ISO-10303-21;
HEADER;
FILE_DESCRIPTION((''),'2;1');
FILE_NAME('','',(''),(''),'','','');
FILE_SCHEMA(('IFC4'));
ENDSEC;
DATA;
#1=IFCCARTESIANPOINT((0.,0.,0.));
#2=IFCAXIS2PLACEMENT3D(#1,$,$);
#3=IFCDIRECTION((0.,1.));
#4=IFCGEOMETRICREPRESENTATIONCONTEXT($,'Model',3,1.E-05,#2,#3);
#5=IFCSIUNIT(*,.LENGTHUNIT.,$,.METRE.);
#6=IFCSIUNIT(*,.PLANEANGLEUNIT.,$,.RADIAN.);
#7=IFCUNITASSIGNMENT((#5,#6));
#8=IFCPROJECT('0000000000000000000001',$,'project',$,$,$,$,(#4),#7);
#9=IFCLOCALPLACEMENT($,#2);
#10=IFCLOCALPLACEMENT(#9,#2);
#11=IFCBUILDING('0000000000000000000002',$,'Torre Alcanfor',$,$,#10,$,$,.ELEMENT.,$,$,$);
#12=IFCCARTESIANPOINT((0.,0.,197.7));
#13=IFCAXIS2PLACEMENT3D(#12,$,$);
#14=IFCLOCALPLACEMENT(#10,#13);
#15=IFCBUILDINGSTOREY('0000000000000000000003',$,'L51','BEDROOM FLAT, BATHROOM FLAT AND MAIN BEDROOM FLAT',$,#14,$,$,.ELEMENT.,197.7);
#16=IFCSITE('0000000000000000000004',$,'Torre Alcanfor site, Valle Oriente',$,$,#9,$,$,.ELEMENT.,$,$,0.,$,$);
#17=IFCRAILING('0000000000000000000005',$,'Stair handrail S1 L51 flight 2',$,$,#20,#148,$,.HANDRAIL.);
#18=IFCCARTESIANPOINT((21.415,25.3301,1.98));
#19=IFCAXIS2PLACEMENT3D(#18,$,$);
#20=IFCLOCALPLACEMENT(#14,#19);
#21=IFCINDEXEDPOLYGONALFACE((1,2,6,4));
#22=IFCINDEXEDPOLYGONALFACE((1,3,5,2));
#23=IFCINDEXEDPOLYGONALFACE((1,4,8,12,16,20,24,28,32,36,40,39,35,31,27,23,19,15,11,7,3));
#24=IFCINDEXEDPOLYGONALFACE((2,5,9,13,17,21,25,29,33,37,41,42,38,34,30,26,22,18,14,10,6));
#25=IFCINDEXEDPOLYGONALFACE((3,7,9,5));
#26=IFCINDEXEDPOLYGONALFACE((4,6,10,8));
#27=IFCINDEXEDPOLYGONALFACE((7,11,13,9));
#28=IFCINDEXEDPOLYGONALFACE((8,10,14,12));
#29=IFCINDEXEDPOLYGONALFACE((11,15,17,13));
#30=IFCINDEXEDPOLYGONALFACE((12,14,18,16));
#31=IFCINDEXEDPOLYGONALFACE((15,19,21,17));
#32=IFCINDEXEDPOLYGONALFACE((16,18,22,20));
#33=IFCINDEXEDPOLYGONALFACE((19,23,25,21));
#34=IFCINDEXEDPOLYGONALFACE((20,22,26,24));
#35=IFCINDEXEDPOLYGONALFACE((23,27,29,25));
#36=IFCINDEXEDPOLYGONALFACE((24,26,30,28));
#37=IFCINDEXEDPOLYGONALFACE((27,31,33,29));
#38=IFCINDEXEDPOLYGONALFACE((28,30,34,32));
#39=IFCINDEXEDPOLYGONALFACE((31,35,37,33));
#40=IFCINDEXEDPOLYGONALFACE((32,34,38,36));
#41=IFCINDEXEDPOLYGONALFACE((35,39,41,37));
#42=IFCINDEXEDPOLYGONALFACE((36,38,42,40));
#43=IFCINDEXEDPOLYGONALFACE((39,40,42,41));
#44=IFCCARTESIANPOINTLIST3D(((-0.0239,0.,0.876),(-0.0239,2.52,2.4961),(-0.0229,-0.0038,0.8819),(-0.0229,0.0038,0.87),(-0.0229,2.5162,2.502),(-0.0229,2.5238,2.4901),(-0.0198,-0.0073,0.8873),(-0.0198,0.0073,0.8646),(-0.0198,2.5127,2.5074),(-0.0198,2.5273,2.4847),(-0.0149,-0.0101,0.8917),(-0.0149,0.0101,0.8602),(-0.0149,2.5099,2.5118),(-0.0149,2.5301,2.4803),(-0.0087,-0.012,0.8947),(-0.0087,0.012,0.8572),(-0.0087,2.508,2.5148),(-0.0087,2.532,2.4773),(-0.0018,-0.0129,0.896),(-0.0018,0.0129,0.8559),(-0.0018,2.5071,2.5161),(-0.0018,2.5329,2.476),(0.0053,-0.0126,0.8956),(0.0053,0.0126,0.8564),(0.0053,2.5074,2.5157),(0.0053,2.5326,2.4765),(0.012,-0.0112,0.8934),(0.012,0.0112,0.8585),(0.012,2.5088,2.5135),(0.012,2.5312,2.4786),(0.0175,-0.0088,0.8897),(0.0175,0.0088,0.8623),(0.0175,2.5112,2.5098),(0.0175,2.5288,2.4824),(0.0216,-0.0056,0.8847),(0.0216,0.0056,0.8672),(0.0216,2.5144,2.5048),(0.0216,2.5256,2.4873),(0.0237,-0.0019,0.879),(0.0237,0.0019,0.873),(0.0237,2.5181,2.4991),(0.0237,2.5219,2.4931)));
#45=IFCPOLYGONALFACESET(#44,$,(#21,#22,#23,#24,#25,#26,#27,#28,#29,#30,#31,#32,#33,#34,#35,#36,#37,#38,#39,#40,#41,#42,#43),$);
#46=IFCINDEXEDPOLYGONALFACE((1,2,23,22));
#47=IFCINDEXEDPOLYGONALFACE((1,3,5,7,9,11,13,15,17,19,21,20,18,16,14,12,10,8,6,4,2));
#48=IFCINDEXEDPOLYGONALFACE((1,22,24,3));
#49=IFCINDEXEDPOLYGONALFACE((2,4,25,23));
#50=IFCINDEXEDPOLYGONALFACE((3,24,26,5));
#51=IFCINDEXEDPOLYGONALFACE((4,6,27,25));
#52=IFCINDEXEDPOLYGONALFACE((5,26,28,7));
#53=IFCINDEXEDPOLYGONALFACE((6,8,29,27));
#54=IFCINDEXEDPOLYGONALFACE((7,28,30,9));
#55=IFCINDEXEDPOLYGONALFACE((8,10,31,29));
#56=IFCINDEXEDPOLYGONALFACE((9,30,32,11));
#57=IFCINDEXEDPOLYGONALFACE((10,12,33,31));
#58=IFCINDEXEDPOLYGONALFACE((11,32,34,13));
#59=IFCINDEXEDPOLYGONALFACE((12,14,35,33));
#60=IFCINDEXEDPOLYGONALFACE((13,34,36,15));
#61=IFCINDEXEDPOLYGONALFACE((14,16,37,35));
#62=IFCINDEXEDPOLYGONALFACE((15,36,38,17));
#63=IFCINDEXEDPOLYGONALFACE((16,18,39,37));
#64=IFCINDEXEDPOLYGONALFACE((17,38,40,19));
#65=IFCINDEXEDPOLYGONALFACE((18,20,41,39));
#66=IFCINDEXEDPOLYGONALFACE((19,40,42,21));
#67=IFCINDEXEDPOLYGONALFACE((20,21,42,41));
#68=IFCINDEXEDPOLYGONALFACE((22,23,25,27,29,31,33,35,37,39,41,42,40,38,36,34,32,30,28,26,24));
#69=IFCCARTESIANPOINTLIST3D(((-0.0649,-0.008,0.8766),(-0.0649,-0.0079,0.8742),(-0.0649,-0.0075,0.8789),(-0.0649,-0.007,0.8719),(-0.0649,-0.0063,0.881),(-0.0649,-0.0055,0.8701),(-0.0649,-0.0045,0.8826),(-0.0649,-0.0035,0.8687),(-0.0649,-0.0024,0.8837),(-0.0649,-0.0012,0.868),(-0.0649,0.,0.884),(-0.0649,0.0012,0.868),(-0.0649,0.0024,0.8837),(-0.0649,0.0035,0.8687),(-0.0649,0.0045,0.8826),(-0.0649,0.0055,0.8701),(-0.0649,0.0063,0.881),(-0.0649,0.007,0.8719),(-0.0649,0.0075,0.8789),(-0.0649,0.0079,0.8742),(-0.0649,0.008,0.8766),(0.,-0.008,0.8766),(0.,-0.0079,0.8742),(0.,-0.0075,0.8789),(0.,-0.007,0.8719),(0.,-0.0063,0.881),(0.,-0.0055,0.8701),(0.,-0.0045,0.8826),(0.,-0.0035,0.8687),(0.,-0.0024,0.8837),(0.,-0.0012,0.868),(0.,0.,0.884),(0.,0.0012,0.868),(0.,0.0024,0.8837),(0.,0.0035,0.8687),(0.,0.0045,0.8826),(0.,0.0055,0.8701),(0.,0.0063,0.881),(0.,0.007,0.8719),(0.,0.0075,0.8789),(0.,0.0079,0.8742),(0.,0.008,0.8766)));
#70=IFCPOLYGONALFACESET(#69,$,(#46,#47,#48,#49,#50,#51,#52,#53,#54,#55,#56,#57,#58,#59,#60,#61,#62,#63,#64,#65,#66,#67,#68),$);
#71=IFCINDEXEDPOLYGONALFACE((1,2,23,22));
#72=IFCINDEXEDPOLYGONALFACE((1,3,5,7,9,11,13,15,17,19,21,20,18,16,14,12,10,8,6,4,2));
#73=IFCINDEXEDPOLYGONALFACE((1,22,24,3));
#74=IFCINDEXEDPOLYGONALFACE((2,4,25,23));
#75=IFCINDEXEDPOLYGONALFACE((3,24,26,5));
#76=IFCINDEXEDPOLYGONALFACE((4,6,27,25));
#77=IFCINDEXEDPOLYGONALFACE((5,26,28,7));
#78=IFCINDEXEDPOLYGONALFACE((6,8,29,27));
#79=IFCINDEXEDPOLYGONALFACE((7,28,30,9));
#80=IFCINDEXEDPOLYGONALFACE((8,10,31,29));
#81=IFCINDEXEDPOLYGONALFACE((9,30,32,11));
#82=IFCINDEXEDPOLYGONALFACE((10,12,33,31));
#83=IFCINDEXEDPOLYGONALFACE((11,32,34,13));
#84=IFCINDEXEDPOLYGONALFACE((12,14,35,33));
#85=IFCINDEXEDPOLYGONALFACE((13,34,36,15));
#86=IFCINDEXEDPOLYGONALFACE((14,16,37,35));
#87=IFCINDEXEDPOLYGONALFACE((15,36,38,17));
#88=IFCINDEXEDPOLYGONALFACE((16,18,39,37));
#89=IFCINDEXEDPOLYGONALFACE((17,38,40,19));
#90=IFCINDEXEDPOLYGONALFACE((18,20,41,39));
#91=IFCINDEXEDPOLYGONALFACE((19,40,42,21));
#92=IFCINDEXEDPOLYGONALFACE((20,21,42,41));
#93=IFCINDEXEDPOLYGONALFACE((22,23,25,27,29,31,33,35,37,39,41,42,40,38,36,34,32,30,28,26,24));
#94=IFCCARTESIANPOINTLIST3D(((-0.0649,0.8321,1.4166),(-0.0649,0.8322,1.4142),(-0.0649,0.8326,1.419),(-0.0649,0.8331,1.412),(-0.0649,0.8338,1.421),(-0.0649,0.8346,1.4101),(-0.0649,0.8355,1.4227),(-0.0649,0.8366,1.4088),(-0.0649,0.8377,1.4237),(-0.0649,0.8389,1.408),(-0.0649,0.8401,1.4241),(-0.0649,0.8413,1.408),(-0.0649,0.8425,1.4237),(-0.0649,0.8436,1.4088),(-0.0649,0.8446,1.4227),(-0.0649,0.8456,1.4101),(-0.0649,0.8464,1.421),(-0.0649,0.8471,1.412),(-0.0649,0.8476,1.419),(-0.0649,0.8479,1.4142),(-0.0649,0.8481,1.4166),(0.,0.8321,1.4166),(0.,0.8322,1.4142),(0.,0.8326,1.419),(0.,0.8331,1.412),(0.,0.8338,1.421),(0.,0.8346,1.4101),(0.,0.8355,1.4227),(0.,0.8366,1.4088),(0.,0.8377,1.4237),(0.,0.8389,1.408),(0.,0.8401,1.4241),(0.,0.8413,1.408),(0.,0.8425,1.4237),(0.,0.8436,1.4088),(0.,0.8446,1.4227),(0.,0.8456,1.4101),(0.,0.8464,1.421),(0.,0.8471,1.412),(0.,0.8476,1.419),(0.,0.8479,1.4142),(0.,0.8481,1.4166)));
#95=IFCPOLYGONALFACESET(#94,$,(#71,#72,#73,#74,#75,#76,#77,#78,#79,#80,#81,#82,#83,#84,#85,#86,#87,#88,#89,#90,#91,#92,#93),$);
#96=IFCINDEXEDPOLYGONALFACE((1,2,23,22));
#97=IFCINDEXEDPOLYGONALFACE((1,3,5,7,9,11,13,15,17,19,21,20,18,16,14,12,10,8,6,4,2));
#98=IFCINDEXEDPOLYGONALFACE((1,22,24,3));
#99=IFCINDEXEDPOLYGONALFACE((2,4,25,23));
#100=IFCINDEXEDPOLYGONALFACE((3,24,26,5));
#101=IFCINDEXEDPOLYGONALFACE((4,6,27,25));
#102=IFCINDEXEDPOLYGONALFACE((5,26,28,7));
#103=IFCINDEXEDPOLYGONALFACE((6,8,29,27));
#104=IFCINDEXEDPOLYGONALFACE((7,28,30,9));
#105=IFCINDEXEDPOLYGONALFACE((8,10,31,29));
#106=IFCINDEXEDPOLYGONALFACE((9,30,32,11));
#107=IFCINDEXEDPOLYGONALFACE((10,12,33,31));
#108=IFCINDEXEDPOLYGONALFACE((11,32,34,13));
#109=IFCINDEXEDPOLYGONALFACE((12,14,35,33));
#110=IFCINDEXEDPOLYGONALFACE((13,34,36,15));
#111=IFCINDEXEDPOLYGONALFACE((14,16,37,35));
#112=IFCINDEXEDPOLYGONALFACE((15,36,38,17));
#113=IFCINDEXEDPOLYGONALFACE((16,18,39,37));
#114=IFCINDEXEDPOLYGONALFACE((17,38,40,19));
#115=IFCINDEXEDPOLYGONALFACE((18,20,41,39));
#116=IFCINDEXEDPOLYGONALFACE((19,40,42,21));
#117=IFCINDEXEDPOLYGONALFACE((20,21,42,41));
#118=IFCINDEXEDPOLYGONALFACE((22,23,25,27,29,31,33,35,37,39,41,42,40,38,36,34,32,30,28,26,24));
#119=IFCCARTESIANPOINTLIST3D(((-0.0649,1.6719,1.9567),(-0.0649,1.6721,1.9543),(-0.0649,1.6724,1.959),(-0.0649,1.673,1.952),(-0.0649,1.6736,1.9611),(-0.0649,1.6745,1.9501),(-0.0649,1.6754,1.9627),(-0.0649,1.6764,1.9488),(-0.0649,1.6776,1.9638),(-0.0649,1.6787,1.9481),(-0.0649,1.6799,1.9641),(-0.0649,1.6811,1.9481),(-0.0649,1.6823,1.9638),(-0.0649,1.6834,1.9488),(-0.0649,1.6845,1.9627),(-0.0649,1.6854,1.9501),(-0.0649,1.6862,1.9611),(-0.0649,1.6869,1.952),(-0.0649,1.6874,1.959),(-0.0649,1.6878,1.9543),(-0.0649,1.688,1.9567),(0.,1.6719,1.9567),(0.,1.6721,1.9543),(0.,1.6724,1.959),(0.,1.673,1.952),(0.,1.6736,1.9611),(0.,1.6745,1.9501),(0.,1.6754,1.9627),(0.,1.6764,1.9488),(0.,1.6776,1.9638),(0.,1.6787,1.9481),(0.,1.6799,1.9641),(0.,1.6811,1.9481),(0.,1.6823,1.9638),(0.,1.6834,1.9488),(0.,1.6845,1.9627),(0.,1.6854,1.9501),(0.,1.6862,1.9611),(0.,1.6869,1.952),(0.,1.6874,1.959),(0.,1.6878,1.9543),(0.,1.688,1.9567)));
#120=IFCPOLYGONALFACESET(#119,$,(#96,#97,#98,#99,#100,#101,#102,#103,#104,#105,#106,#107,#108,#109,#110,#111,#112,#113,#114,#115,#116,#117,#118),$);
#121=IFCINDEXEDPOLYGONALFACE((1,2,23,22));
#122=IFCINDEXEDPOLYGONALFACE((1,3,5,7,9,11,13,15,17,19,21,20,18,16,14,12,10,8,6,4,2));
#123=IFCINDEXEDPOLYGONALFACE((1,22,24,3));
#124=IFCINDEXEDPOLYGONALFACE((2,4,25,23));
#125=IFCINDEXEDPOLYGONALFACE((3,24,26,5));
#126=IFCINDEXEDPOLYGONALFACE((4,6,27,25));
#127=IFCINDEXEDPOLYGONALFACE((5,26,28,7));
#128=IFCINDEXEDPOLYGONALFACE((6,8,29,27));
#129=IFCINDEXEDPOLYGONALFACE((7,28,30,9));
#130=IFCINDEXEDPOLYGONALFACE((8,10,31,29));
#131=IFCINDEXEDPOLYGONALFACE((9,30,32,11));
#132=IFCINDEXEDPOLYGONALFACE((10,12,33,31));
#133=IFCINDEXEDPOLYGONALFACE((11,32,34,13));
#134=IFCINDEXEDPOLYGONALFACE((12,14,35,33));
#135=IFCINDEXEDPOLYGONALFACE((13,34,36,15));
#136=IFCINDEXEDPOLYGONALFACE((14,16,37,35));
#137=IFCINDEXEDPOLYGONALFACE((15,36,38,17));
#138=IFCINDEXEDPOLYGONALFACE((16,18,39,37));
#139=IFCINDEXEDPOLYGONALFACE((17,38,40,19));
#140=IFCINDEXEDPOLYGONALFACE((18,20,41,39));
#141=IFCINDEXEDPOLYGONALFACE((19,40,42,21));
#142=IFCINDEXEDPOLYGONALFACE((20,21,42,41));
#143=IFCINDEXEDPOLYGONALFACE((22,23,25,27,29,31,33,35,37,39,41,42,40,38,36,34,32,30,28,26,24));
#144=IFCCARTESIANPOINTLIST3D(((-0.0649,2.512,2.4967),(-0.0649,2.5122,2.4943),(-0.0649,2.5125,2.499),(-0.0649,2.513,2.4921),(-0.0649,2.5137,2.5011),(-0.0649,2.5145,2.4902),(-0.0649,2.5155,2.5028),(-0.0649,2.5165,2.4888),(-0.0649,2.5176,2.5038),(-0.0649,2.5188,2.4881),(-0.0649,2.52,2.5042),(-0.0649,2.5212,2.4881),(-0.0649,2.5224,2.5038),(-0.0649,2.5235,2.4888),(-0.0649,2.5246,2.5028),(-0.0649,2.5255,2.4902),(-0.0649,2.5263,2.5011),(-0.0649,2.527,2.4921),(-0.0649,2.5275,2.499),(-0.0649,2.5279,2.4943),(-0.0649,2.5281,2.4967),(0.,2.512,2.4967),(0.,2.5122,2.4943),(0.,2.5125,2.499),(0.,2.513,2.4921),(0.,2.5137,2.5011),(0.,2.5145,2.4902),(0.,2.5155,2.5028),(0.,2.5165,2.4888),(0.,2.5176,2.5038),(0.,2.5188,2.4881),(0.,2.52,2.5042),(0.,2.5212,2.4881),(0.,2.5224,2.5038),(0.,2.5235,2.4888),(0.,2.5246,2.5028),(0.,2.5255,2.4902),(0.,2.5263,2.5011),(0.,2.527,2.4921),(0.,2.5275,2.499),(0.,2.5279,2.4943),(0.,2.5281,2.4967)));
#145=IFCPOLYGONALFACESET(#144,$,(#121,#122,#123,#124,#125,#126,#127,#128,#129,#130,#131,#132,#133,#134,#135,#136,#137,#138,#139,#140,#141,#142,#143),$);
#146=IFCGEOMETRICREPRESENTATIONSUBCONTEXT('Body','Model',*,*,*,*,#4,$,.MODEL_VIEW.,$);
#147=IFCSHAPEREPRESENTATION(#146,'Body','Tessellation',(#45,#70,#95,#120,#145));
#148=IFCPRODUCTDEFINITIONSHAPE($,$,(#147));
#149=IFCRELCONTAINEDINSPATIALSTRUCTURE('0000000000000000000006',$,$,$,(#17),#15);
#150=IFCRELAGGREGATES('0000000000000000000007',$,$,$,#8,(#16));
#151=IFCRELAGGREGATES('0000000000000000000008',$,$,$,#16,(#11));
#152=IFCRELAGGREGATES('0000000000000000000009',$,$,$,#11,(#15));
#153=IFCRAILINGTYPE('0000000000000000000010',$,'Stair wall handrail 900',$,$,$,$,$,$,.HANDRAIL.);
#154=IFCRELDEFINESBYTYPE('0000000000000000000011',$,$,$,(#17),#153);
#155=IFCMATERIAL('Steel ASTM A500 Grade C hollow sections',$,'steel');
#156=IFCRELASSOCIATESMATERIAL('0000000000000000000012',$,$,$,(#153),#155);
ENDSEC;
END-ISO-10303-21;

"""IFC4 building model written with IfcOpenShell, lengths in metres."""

from ifc_helpers import new_model, si_unit, direction, frame, origin, origin_2d, place, context, subcontext, project, spatial, circle, extrude, material, type_object, element, save


model = new_model("IFC4")

# Units and contexts
model_context = context("Model", 3, precision=1e-05, world=origin(), true_north=direction((0.0, 1.0)))
body_context = subcontext(model_context, "Body", "Model", "MODEL_VIEW")
ifc_project = project(units=[si_unit("LENGTHUNIT", "METRE"), si_unit("PLANEANGLEUNIT", "RADIAN")], contexts=[model_context])

# Site, building, storey
site_placement = place(None, origin())
site = spatial("IfcSite", under=ifc_project, at=site_placement, Name="Torre Alcanfor site, Valle Oriente", CompositionType="ELEMENT", RefElevation=0.0)
building_placement = place(site_placement, origin())
building = spatial("IfcBuilding", under=site, at=building_placement, Name="Torre Alcanfor", CompositionType="ELEMENT")
storey_placement = place(building_placement, frame((0.0, 0.0, 197.7)))
storey = spatial("IfcBuildingStorey", under=building, at=storey_placement, Name="L51", Description="BEDROOM FLAT, BATHROOM FLAT AND MAIN BEDROOM FLAT", CompositionType="ELEMENT", Elevation=197.7)

# Railing
ifc_material_1 = material(Name="Steel ASTM A500 Grade C hollow sections", Category="steel")
railing_type = type_object("IfcRailingType", Name="Stair wall handrail 900", PredefinedType="HANDRAIL", material=ifc_material_1)
railing_placement = place(storey_placement, frame((21.415, 25.3301, 1.98)))
element("IfcRailing", 1, at=railing_placement, inside=storey, type_object=railing_type, Name="Stair handrail S1 L51 flight 2", PredefinedType="HANDRAIL", context=body_context, shape_type="SweptSolid", body=[
    extrude(circle(Radius=0.0239, at=origin_2d()), frame((0.0, 0.0, 0.876), z_axis=(0.0, 0.841163, 0.540782), x_axis=(-1.0, 0.0, 0.0)), (0.0, 0.0, 1.0), 2.9958),
    extrude(circle(Radius=0.0081, at=origin_2d()), frame((0.0, 0.0, 0.876), z_axis=(-1.0, 0.0, 0.0), x_axis=(0.0, 0.0, 1.0)), (0.0, 0.0, 1.0), 0.0649),
    extrude(circle(Radius=0.0081, at=origin_2d()), frame((0.0, 0.8401, 1.416), z_axis=(-1.0, 0.0, 0.0), x_axis=(0.0, 0.0, 1.0)), (0.0, 0.0, 1.0), 0.0649),
    extrude(circle(Radius=0.0081, at=origin_2d()), frame((0.0, 1.6799, 1.9561), z_axis=(-1.0, 0.0, 0.0), x_axis=(0.0, 0.0, 1.0)), (0.0, 0.0, 1.0), 0.0649),
    extrude(circle(Radius=0.0081, at=origin_2d()), frame((0.0, 2.52, 2.4961), z_axis=(-1.0, 0.0, 0.0), x_axis=(0.0, 0.0, 1.0)), (0.0, 0.0, 1.0), 0.0649),
])

save(model, "model.ifc")
